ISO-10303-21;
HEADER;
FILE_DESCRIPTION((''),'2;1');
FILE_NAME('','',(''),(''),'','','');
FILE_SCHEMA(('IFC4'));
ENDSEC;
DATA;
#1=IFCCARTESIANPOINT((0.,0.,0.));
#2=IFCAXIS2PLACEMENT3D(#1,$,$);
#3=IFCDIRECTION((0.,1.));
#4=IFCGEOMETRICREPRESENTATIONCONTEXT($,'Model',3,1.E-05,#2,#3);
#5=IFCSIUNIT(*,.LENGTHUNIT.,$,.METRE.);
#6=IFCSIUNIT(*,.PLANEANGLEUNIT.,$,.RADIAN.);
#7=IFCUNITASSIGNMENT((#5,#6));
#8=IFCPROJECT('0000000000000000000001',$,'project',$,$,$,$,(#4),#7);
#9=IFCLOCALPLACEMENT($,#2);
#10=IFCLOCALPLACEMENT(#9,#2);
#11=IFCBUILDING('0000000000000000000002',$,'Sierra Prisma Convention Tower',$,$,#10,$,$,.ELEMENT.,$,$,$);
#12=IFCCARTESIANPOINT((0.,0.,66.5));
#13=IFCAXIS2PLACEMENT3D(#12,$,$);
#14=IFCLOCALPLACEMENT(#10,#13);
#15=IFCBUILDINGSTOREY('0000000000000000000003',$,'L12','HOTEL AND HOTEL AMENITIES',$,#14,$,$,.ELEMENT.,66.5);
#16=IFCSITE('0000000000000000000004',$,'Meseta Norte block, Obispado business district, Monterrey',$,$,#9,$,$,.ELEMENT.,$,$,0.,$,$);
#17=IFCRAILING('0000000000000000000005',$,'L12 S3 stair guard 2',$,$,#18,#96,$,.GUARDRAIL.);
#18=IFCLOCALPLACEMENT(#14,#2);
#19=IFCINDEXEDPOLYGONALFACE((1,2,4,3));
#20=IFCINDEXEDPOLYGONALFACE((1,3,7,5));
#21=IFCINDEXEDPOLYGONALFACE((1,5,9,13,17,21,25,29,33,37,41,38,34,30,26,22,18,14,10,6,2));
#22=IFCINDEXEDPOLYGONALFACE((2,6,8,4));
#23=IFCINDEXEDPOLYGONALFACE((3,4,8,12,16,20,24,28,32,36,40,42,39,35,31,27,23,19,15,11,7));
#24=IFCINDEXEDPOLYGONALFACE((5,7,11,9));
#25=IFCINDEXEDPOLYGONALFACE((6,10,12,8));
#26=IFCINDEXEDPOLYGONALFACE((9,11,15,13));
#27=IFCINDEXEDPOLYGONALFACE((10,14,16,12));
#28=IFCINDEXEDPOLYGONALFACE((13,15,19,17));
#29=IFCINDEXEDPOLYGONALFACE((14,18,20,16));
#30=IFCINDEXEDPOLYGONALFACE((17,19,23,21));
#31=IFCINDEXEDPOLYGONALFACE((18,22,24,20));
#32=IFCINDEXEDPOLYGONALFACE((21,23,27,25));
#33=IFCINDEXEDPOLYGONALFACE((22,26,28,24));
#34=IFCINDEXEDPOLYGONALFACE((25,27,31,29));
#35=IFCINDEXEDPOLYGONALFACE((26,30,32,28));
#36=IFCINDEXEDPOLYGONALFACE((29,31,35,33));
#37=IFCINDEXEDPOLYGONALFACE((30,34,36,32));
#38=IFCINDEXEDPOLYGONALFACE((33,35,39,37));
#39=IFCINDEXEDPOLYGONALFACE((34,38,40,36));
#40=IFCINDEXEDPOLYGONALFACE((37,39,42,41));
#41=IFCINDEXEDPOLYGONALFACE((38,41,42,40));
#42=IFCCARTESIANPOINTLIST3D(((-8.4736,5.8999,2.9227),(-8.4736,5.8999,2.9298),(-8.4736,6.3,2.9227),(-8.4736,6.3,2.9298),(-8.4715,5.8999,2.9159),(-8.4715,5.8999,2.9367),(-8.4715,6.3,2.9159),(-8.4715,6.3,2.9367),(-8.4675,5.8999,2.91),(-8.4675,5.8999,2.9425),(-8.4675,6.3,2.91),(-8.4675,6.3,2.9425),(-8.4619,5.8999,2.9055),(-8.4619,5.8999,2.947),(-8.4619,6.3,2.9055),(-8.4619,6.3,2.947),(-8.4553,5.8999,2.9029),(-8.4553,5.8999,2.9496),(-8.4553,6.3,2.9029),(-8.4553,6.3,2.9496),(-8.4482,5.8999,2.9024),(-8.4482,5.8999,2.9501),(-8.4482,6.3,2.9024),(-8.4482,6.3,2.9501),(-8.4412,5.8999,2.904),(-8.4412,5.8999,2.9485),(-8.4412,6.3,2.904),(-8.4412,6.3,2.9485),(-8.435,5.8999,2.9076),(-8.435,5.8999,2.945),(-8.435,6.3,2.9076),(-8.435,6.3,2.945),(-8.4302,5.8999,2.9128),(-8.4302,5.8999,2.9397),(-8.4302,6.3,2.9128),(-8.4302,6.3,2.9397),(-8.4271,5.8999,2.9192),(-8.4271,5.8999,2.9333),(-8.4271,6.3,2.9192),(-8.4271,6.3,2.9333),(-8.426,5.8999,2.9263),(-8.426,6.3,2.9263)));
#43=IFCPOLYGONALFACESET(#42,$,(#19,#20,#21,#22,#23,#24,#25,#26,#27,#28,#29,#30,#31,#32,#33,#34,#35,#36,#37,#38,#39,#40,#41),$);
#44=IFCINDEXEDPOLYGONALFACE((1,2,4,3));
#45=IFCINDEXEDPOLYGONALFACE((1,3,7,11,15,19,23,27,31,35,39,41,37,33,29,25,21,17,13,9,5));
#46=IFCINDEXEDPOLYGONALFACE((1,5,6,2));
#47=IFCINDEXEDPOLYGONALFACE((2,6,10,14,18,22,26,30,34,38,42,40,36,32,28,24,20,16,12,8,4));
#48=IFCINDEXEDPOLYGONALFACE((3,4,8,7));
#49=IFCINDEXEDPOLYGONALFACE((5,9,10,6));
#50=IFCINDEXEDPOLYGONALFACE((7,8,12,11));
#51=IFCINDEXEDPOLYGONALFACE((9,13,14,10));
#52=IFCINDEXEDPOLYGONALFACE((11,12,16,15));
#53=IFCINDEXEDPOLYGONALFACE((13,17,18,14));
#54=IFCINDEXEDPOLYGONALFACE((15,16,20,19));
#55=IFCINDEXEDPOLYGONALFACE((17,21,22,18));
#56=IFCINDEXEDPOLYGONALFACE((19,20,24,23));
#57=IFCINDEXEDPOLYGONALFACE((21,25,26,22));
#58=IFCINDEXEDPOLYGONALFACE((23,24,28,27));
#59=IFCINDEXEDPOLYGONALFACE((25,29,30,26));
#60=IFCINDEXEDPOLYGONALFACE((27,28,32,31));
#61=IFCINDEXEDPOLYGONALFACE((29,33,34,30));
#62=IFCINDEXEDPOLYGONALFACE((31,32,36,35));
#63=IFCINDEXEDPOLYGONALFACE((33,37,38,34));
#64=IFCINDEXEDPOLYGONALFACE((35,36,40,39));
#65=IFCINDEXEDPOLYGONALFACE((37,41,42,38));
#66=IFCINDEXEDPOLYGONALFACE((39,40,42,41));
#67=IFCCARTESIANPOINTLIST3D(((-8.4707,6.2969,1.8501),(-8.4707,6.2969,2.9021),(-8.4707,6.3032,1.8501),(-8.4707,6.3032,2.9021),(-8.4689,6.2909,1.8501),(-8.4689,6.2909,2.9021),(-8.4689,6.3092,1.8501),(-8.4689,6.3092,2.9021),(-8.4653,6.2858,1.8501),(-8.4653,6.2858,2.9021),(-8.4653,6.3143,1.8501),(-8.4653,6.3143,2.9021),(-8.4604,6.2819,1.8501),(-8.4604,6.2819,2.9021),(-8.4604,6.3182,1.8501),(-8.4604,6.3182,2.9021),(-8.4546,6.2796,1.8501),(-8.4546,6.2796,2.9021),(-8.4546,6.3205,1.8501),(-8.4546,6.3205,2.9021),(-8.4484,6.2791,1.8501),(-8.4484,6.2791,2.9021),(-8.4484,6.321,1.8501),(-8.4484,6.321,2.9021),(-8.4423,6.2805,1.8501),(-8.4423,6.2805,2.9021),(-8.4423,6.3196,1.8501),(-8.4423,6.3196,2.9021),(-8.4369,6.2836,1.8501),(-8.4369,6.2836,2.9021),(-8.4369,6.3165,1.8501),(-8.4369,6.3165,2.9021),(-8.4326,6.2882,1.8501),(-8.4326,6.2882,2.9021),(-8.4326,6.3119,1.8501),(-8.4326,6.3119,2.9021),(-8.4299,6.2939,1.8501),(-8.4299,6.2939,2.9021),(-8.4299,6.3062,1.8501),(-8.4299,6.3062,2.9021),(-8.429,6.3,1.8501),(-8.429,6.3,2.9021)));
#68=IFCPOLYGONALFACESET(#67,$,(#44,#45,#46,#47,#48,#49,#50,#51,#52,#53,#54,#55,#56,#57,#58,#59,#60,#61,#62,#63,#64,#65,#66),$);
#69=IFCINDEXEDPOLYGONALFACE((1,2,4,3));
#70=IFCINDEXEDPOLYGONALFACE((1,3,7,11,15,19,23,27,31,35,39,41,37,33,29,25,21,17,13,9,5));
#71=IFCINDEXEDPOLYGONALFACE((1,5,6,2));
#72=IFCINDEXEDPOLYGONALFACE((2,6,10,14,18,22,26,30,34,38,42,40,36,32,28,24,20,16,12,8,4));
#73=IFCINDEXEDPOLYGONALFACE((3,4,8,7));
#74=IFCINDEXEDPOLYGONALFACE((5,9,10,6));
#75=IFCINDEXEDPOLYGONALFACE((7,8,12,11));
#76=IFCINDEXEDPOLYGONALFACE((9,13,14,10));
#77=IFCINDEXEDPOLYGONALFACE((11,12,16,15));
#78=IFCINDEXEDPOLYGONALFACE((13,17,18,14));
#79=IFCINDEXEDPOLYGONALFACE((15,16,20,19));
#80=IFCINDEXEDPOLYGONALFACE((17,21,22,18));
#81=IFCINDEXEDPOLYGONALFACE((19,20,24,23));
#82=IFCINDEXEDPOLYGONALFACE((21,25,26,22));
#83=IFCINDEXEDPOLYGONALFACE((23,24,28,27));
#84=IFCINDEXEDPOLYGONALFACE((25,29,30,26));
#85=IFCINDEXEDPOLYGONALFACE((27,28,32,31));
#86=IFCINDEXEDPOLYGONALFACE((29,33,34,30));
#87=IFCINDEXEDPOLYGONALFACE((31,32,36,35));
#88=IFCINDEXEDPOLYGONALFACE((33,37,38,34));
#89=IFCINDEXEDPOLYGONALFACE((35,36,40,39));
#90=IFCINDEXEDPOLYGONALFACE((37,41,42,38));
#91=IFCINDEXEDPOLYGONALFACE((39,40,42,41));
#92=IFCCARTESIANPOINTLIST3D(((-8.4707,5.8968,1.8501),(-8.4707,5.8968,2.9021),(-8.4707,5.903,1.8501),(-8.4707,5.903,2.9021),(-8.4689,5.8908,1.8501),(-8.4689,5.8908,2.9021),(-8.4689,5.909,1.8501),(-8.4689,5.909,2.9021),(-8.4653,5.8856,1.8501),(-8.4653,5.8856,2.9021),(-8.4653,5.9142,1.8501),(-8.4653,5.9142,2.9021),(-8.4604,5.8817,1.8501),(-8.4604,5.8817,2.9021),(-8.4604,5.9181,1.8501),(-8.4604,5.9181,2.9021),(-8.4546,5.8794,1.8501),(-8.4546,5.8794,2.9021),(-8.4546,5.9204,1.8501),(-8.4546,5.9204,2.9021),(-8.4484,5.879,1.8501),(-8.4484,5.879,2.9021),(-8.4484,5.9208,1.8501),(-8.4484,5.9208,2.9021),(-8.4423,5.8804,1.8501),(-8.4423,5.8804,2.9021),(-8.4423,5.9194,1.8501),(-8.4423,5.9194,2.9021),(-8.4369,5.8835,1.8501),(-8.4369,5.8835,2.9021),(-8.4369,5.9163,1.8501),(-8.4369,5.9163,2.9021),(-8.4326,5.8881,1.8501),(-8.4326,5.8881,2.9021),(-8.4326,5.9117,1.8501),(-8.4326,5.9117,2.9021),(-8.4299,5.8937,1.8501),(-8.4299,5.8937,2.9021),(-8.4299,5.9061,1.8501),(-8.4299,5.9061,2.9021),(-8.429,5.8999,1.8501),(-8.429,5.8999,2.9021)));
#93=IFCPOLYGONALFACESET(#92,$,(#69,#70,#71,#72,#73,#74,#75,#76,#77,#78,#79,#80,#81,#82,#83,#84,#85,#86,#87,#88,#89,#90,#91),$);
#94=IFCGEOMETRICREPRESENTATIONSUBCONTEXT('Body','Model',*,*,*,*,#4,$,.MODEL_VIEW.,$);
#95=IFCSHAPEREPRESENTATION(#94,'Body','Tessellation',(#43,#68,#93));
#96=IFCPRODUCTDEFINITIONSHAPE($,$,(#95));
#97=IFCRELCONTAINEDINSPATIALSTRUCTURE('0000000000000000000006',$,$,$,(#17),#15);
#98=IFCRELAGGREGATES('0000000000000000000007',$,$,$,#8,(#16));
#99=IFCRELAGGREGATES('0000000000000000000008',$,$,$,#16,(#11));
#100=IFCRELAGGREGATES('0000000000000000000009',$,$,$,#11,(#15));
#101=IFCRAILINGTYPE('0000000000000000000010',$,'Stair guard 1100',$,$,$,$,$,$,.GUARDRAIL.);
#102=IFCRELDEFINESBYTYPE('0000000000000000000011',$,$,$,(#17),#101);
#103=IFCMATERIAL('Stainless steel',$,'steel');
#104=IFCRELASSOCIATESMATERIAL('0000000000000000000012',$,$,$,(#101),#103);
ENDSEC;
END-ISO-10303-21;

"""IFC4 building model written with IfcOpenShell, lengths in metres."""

from ifc_helpers import new_model, si_unit, direction, frame, origin, origin_2d, place, context, subcontext, project, spatial, circle, extrude, material, type_object, element, save


model = new_model("IFC4")

# Units and contexts
model_context = context("Model", 3, precision=1e-05, world=origin(), true_north=direction((0.0, 1.0)))
body_context = subcontext(model_context, "Body", "Model", "MODEL_VIEW")
ifc_project = project(units=[si_unit("LENGTHUNIT", "METRE"), si_unit("PLANEANGLEUNIT", "RADIAN")], contexts=[model_context])

# Site, building, storey
site_placement = place(None, origin())
site = spatial("IfcSite", under=ifc_project, at=site_placement, Name="Meseta Norte block, Obispado business district, Monterrey", CompositionType="ELEMENT", RefElevation=0.0)
building_placement = place(site_placement, origin())
building = spatial("IfcBuilding", under=site, at=building_placement, Name="Sierra Prisma Convention Tower", CompositionType="ELEMENT")
storey_placement = place(building_placement, frame((0.0, 0.0, 66.5)))
storey = spatial("IfcBuildingStorey", under=building, at=storey_placement, Name="L12", Description="HOTEL AND HOTEL AMENITIES", CompositionType="ELEMENT", Elevation=66.5)

# Railing
ifc_material_1 = material(Name="Stainless steel", Category="steel")
railing_type_1 = type_object("IfcRailingType", Name="Stair guard 1100", PredefinedType="GUARDRAIL", material=ifc_material_1)
railing_1_placement = place(storey_placement, frame((-8.45, 6.3, 1.8501)))
element("IfcRailing", 1, at=railing_1_placement, inside=storey, type_object=railing_type_1, Name="L12 S3 stair guard 2", PredefinedType="GUARDRAIL", context=body_context, shape_type="SweptSolid", body=[
    extrude(circle(Radius=0.0239, at=origin_2d()), frame((0.0, 0.0, 1.0762), z_axis=(0.0, -1.0, 0.0), x_axis=(1.0, 0.0, 0.0)), (0.0, 0.0, 1.0), 0.4001),
    extrude(circle(Radius=0.021, at=origin_2d()), origin(), (0.0, 0.0, 1.0), 1.052),
    extrude(circle(Radius=0.021, at=origin_2d()), frame((0.0, -0.4001, 0.0)), (0.0, 0.0, 1.0), 1.052),
])

save(model, "model.ifc")
